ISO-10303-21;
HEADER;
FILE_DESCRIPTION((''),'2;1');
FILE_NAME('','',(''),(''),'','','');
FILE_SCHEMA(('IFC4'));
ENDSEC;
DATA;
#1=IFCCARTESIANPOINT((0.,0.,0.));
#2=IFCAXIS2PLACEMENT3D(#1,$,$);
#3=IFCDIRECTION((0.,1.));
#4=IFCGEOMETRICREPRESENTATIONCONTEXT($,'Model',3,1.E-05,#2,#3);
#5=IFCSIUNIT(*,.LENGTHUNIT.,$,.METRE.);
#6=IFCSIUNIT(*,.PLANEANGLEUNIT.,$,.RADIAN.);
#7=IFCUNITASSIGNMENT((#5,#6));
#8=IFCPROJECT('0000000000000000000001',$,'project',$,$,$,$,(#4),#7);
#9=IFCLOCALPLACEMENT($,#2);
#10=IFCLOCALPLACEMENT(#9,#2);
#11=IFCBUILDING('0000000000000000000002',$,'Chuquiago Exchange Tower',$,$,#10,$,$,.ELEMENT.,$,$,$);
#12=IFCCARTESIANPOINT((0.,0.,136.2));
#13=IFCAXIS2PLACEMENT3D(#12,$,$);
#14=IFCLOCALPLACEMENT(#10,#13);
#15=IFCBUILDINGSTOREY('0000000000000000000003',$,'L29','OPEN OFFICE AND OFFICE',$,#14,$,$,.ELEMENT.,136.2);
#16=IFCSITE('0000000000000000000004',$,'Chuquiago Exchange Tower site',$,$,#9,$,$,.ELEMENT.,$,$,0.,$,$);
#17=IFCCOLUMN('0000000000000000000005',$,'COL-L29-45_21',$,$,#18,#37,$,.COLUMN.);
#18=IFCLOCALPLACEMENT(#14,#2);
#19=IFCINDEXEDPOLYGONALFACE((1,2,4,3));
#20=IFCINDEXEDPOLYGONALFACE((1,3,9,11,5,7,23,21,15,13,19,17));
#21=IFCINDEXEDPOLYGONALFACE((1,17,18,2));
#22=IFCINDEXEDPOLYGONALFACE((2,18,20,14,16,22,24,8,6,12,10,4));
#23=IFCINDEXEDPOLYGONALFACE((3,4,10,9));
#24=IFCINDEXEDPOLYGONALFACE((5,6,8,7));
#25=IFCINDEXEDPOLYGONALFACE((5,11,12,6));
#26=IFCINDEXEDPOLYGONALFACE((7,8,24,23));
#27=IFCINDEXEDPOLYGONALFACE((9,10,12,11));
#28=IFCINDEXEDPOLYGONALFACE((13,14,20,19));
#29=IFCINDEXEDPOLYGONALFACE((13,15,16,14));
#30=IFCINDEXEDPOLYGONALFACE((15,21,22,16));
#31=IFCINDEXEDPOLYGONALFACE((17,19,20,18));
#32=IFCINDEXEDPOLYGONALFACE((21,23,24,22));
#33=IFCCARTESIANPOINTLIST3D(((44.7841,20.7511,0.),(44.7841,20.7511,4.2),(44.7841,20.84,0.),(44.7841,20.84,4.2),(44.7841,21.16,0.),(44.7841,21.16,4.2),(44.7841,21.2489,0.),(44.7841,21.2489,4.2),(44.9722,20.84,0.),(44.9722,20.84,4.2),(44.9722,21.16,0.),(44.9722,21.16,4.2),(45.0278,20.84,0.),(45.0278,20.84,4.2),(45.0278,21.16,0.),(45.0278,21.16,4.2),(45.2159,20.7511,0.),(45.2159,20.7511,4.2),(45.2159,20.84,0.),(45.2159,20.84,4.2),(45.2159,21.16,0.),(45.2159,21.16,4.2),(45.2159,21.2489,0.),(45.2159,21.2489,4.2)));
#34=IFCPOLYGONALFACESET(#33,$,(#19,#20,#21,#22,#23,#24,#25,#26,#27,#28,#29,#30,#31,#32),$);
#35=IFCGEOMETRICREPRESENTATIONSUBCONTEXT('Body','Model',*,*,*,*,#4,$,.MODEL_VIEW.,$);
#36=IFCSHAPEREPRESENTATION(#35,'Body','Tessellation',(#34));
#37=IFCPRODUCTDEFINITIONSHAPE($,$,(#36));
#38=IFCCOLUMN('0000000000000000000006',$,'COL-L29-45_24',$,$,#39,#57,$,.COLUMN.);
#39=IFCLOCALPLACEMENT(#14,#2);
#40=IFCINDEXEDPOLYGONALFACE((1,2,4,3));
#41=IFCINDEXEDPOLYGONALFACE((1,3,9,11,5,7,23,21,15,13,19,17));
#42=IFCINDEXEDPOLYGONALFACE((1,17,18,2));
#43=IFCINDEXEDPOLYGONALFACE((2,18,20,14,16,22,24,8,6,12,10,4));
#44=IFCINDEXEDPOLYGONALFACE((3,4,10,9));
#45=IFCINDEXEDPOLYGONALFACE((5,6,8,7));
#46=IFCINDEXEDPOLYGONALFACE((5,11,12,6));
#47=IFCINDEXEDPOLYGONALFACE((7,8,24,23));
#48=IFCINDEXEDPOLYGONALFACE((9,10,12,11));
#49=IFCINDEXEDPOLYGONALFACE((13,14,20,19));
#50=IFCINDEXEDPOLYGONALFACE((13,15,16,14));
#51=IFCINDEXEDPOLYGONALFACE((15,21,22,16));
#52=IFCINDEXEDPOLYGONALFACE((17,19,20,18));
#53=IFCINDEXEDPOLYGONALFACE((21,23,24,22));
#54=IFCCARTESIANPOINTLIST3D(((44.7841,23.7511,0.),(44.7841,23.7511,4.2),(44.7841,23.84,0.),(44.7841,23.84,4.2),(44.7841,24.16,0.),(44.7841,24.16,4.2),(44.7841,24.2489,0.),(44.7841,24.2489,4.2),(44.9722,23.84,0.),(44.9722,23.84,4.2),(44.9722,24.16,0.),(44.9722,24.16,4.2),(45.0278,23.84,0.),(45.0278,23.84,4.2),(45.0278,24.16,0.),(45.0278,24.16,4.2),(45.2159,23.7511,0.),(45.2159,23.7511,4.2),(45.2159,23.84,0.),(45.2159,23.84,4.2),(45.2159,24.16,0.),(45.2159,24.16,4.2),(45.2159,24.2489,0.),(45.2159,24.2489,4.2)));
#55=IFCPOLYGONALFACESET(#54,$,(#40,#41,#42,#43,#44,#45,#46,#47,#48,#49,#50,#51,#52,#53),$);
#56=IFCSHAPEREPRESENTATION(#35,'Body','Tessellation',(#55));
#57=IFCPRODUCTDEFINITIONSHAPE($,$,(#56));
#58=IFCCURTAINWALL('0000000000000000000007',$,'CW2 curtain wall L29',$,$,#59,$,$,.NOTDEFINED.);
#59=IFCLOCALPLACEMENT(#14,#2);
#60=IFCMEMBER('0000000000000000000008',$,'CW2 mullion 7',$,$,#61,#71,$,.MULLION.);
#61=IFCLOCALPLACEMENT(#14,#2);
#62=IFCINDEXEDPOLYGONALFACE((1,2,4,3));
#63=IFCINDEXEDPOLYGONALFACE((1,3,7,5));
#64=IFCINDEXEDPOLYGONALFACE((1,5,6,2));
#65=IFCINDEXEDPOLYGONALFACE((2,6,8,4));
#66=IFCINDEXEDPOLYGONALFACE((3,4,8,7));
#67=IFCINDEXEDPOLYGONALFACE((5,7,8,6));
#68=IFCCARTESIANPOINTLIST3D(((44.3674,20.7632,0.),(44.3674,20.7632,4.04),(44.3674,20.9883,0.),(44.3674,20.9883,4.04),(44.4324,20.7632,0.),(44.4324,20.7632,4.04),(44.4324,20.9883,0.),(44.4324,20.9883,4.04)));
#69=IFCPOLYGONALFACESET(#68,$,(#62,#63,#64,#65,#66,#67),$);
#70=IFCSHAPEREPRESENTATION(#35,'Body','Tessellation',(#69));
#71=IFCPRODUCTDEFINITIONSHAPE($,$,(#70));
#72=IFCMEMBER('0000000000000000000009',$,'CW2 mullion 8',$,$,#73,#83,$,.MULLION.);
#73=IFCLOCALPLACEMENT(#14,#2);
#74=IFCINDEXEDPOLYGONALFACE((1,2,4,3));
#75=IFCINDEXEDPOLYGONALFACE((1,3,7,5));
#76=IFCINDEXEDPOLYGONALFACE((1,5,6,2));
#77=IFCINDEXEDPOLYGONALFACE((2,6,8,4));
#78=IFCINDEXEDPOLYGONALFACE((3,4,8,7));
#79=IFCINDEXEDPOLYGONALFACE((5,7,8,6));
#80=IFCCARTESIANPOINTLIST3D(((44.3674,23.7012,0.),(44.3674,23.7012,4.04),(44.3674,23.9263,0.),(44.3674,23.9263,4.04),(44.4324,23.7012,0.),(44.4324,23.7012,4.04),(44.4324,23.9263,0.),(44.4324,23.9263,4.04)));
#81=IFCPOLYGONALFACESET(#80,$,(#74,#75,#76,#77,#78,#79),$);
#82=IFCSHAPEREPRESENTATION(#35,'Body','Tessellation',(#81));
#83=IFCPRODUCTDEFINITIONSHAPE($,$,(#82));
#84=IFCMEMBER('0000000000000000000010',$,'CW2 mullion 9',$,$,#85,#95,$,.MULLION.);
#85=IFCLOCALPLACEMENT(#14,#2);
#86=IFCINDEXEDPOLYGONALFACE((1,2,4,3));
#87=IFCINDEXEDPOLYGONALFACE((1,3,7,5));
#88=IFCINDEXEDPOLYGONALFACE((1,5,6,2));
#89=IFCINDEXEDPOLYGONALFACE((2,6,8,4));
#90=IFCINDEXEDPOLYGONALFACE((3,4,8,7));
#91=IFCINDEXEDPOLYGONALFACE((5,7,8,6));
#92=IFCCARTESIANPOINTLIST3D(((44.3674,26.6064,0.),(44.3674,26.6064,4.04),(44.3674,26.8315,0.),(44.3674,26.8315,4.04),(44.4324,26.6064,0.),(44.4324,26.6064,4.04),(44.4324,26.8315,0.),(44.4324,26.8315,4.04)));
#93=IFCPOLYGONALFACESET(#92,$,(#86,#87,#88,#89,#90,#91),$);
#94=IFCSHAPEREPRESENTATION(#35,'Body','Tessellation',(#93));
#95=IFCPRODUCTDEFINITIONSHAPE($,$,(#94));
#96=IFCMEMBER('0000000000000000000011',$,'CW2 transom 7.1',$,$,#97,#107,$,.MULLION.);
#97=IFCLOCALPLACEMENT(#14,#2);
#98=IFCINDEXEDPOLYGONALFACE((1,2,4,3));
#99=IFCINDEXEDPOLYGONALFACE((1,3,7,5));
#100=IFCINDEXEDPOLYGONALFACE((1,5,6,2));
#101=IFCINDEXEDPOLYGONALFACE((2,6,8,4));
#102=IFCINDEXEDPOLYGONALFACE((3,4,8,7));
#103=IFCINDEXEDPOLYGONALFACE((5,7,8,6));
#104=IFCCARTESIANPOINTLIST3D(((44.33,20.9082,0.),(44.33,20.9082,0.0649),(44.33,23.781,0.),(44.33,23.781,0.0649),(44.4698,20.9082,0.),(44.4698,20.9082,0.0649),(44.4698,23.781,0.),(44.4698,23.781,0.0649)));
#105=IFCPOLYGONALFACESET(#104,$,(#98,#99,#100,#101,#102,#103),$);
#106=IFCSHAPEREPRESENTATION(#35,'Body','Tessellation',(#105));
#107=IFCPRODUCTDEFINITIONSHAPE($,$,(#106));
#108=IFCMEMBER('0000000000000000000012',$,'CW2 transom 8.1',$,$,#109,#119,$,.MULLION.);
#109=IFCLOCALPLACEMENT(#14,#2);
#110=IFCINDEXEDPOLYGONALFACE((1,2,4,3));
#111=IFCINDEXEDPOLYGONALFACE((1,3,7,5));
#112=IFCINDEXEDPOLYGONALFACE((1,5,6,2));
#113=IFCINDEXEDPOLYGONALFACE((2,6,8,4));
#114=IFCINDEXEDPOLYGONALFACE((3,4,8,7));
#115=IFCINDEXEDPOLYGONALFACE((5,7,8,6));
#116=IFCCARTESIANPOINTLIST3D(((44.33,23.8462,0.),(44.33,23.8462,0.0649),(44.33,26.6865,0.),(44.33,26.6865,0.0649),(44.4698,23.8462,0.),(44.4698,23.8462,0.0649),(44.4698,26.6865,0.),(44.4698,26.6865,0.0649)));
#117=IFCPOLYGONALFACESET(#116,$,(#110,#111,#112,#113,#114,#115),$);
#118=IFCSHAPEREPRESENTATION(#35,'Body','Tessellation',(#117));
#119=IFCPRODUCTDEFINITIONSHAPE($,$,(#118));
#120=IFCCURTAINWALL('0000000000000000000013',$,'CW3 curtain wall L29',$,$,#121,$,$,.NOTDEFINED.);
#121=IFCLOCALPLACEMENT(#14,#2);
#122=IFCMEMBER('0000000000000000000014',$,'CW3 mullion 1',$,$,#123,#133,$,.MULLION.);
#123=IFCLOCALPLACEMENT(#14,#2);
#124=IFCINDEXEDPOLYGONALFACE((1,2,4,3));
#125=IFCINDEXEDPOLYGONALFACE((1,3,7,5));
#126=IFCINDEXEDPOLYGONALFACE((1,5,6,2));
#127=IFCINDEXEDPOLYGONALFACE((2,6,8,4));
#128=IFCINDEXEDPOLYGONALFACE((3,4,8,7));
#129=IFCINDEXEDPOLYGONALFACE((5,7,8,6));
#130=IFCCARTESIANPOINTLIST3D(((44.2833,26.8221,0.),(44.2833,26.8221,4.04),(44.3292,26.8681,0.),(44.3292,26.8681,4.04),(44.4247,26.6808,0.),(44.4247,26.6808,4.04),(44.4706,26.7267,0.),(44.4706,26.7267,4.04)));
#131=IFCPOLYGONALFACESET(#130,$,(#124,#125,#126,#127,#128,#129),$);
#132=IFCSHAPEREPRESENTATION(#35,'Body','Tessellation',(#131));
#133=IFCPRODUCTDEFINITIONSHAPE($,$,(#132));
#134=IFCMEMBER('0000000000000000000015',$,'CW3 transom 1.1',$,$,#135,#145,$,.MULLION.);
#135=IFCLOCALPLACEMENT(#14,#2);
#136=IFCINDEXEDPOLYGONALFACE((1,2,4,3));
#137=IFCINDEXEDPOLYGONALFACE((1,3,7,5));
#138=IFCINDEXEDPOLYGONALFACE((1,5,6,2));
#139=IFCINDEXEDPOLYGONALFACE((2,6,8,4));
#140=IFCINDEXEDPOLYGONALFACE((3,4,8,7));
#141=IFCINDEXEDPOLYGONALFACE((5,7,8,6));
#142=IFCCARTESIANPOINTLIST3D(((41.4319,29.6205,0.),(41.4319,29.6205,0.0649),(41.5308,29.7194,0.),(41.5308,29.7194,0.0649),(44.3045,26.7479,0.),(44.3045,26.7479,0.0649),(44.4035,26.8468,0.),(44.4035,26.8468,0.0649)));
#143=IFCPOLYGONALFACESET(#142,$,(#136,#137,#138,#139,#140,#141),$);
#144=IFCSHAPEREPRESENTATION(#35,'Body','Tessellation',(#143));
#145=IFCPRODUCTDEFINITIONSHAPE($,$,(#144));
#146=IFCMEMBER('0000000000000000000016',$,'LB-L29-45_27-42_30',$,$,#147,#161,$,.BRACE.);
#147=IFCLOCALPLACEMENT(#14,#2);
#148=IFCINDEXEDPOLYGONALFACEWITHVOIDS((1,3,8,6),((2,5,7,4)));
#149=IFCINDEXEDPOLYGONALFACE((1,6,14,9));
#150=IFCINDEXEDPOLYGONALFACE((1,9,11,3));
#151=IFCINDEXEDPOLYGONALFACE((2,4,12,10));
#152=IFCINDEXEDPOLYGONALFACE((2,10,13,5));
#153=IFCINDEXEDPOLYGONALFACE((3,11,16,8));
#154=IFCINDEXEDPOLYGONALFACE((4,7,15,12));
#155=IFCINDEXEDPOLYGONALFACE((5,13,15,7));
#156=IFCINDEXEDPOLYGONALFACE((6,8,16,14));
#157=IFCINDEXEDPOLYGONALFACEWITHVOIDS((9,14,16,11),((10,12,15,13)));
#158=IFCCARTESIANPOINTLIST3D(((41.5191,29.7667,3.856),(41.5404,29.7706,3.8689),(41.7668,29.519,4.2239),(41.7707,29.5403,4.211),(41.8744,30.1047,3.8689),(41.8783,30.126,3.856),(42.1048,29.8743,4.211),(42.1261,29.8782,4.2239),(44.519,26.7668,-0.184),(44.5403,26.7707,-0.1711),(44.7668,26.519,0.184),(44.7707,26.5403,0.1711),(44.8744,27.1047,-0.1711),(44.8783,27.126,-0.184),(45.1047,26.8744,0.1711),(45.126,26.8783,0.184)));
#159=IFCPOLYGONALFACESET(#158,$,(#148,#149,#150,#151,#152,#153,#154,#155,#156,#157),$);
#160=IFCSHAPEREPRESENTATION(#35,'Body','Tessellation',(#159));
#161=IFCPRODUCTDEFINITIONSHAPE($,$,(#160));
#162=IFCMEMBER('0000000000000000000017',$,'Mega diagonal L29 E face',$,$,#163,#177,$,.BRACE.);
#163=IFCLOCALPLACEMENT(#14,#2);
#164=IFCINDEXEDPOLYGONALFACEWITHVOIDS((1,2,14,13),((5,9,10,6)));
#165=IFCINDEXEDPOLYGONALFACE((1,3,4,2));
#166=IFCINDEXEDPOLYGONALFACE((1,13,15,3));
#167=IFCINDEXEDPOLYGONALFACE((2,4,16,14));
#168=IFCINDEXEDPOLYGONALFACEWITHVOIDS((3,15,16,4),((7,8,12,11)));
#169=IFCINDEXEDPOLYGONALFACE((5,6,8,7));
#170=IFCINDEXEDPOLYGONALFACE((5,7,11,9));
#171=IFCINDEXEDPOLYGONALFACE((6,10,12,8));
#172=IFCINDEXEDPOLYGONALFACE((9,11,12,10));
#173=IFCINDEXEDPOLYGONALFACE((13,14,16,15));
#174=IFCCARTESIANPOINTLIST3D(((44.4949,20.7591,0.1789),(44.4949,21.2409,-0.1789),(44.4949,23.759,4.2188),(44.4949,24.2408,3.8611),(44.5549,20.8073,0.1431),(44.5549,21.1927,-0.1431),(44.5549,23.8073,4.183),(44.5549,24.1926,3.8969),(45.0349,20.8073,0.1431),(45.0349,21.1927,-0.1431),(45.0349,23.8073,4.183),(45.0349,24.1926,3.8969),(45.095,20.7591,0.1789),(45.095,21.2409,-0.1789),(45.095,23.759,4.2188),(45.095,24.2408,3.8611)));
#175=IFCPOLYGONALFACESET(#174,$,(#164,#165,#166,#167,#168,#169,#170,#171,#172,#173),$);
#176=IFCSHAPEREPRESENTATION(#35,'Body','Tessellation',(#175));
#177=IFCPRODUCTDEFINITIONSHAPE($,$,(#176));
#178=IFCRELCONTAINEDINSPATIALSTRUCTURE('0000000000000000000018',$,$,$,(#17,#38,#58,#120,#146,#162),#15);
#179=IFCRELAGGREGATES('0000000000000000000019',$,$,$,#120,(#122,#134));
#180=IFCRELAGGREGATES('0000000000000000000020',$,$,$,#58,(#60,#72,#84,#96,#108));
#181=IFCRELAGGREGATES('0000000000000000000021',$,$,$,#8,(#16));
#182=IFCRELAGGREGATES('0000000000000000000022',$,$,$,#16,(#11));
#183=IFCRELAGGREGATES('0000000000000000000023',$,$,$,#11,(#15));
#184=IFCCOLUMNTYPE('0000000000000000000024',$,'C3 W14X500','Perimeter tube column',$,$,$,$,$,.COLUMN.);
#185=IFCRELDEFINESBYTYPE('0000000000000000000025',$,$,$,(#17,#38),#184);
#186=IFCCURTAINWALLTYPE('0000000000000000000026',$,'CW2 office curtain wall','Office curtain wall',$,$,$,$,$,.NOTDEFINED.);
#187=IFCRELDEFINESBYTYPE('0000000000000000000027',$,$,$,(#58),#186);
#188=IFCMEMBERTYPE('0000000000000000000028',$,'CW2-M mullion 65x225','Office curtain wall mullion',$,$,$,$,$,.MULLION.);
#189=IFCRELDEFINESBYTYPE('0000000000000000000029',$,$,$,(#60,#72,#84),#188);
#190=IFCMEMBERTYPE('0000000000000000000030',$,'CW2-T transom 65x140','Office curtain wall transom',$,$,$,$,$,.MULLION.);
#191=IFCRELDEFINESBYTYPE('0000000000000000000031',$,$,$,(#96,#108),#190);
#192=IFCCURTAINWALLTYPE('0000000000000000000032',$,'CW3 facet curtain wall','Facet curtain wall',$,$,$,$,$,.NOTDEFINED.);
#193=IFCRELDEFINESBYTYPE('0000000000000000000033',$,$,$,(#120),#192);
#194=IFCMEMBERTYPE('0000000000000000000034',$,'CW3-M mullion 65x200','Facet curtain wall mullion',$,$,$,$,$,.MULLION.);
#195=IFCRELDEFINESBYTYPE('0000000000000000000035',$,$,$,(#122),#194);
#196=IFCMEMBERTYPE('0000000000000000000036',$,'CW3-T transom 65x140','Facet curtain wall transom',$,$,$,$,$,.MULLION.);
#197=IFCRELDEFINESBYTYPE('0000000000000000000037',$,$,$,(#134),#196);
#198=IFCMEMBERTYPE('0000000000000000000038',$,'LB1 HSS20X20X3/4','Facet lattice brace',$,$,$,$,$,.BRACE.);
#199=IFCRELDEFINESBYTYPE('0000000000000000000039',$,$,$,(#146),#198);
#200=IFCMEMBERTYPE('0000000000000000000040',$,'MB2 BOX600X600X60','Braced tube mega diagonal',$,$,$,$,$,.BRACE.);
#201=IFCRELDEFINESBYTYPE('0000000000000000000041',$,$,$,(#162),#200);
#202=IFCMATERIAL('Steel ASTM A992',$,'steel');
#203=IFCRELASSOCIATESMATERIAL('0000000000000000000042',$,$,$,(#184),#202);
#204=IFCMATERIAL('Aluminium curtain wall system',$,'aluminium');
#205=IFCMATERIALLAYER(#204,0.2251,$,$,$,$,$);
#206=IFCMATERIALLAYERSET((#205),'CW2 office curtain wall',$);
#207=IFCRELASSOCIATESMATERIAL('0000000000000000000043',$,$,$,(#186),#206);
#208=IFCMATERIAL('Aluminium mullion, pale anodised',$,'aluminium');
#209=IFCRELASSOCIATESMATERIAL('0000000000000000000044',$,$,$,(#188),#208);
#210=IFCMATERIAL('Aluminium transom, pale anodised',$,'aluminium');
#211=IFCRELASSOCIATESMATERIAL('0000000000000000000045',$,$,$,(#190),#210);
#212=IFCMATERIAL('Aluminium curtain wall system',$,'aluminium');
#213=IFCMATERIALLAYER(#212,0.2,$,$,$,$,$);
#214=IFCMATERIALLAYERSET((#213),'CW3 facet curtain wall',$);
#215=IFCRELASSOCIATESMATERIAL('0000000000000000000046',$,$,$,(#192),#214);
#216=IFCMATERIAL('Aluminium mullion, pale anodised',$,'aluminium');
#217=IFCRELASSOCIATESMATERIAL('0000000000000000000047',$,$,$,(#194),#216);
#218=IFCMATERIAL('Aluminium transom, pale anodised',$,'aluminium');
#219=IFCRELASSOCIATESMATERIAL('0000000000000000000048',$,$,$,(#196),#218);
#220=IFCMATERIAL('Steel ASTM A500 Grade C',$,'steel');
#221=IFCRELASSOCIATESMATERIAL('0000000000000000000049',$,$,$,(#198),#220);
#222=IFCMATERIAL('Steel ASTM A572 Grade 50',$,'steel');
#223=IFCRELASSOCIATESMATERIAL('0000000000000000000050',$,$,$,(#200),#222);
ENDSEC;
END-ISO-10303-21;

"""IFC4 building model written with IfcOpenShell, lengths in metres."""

from ifc_helpers import new_model, si_unit, direction, frame, origin, origin_2d, place, context, subcontext, project, spatial, rectangle, hollow_rectangle, i_section, extrude, material, layer, layer_set, material_profile, profile_set, type_object, element, aggregate, save


model = new_model("IFC4")

# Units and contexts
model_context = context("Model", 3, precision=1e-05, world=origin(), true_north=direction((0.0, 1.0)))
body_context = subcontext(model_context, "Body", "Model", "MODEL_VIEW")
ifc_project = project(units=[si_unit("LENGTHUNIT", "METRE"), si_unit("PLANEANGLEUNIT", "RADIAN")], contexts=[model_context])

# Site, building, storey
site_placement = place(None, origin())
site = spatial("IfcSite", under=ifc_project, at=site_placement, Name="Chuquiago Exchange Tower site", CompositionType="ELEMENT", RefElevation=0.0)
building_placement = place(site_placement, origin())
building = spatial("IfcBuilding", under=site, at=building_placement, Name="Chuquiago Exchange Tower", CompositionType="ELEMENT")
storey_placement = place(building_placement, frame((0.0, 0.0, 136.2)))
storey = spatial("IfcBuildingStorey", under=building, at=storey_placement, Name="L29", Description="OPEN OFFICE AND OFFICE", CompositionType="ELEMENT", Elevation=136.2)

# Columns
ifc_material_1 = material(Name="Steel ASTM A992", Category="steel")
ifc_material_profile_1 = material_profile(ifc_material_1, i_section(OverallWidth=0.4319, OverallDepth=0.4978, WebThickness=0.0557, FlangeThickness=0.0889, at=origin_2d()), Name="W14X500")
ifc_profile_set_1 = profile_set([ifc_material_profile_1], Name="Steel ASTM A992")
column_type = type_object("IfcColumnType", Name="C3 W14X500", Description="Perimeter tube column", PredefinedType="COLUMN", material=ifc_profile_set_1)
for number, where, z_axis, x_axis, name in (
    (1, (45.0, 21.0, 0.0), (0.0, 0.0, 1.0), (1.0, 0.0, 0.0), "COL-L29-45_21"),
    (2, (45.0, 24.0, 0.0), (0.0, 0.0, 1.0), (1.0, 0.0, 0.0), "COL-L29-45_24"),
):
    element("IfcColumn", number, at=place(storey_placement, frame(where, z_axis=z_axis, x_axis=x_axis)), inside=storey, type_object=column_type, Name=name, PredefinedType="COLUMN", context=body_context, shape_type="SweptSolid", body=[
        extrude(i_section(OverallWidth=0.4319, OverallDepth=0.4978, WebThickness=0.0557, FlangeThickness=0.0889, at=origin_2d()), origin(), (0.0, 0.0, 1.0), 4.2),
    ])

# Curtain walls, members
ifc_material_2 = material(Name="Aluminium curtain wall system", Category="aluminium")
ifc_layer_1 = layer(ifc_material_2, 0.2251)
ifc_layer_set_1 = layer_set([ifc_layer_1], Name="CW2 office curtain wall")
curtain_wall_type_1 = type_object("IfcCurtainWallType", Name="CW2 office curtain wall", Description="Office curtain wall", PredefinedType="NOTDEFINED", material=ifc_layer_set_1)
curtain_wall_1_placement = place(storey_placement, origin())
curtain_wall_1 = element("IfcCurtainWall", 3, at=curtain_wall_1_placement, inside=storey, type_object=curtain_wall_type_1, Name="CW2 curtain wall L29", PredefinedType="NOTDEFINED")
ifc_material_3 = material(Name="Aluminium mullion, pale anodised", Category="aluminium")
ifc_material_profile_2 = material_profile(ifc_material_3, rectangle(XDim=0.0649, YDim=0.2251, at=origin_2d()), Name="AL 65x225")
ifc_profile_set_2 = profile_set([ifc_material_profile_2], Name="Aluminium mullion, pale anodised")
member_type_1 = type_object("IfcMemberType", Name="CW2-M mullion 65x225", Description="Office curtain wall mullion", PredefinedType="MULLION", material=ifc_profile_set_2)
member_1_placement = place(storey_placement, frame((44.3999, 20.8757, 0.0), z_axis=(0.0, 0.0, 1.0), x_axis=(-1.0, 0.0, 0.0)))
member_1 = element("IfcMember", 4, at=member_1_placement, type_object=member_type_1, Name="CW2 mullion 7", PredefinedType="MULLION", context=body_context, shape_type="SweptSolid", body=[
    extrude(rectangle(XDim=0.0649, YDim=0.2251, at=origin_2d()), origin(), (0.0, 0.0, 1.0), 4.04),
])
member_2_placement = place(storey_placement, frame((44.3999, 23.8137, 0.0), z_axis=(0.0, 0.0, 1.0), x_axis=(-1.0, 0.0, 0.0)))
member_2 = element("IfcMember", 5, at=member_2_placement, type_object=member_type_1, Name="CW2 mullion 8", PredefinedType="MULLION", context=body_context, shape_type="SweptSolid", body=[
    extrude(rectangle(XDim=0.0649, YDim=0.2251, at=origin_2d()), origin(), (0.0, 0.0, 1.0), 4.04),
])
member_3_placement = place(storey_placement, frame((44.3999, 26.719, 0.0), z_axis=(0.0, 0.0, 1.0), x_axis=(-1.0, 0.0, 0.0)))
member_3 = element("IfcMember", 6, at=member_3_placement, type_object=member_type_1, Name="CW2 mullion 9", PredefinedType="MULLION", context=body_context, shape_type="SweptSolid", body=[
    extrude(rectangle(XDim=0.0649, YDim=0.2251, at=origin_2d()), origin(), (0.0, 0.0, 1.0), 4.04),
])
ifc_material_4 = material(Name="Aluminium transom, pale anodised", Category="aluminium")
ifc_material_profile_3 = material_profile(ifc_material_4, rectangle(XDim=0.1399, YDim=0.0649, at=origin_2d()), Name="AL 140x65")
ifc_profile_set_3 = profile_set([ifc_material_profile_3], Name="Aluminium transom, pale anodised")
member_type_2 = type_object("IfcMemberType", Name="CW2-T transom 65x140", Description="Office curtain wall transom", PredefinedType="MULLION", material=ifc_profile_set_3)
member_4_placement = place(storey_placement, frame((44.3999, 20.9082, 0.0325), z_axis=(0.0, 1.0, 0.0), x_axis=(-1.0, 0.0, 0.0)))
member_4 = element("IfcMember", 7, at=member_4_placement, type_object=member_type_2, Name="CW2 transom 7.1", PredefinedType="MULLION", context=body_context, shape_type="SweptSolid", body=[
    extrude(rectangle(XDim=0.1399, YDim=0.0649, at=origin_2d()), origin(), (0.0, 0.0, 1.0), 2.8728),
])
member_5_placement = place(storey_placement, frame((44.3999, 23.8462, 0.0325), z_axis=(0.0, 1.0, 0.0), x_axis=(-1.0, 0.0, 0.0)))
member_5 = element("IfcMember", 8, at=member_5_placement, type_object=member_type_2, Name="CW2 transom 8.1", PredefinedType="MULLION", context=body_context, shape_type="SweptSolid", body=[
    extrude(rectangle(XDim=0.1399, YDim=0.0649, at=origin_2d()), origin(), (0.0, 0.0, 1.0), 2.8403),
])
ifc_material_5 = material(Name="Aluminium curtain wall system", Category="aluminium")
ifc_layer_2 = layer(ifc_material_5, 0.2)
ifc_layer_set_2 = layer_set([ifc_layer_2], Name="CW3 facet curtain wall")
curtain_wall_type_2 = type_object("IfcCurtainWallType", Name="CW3 facet curtain wall", Description="Facet curtain wall", PredefinedType="NOTDEFINED", material=ifc_layer_set_2)
curtain_wall_2_placement = place(storey_placement, origin())
curtain_wall_2 = element("IfcCurtainWall", 9, at=curtain_wall_2_placement, inside=storey, type_object=curtain_wall_type_2, Name="CW3 curtain wall L29", PredefinedType="NOTDEFINED")
ifc_material_6 = material(Name="Aluminium mullion, pale anodised", Category="aluminium")
ifc_material_profile_4 = material_profile(ifc_material_6, rectangle(XDim=0.0649, YDim=0.2, at=origin_2d()), Name="AL 65x200")
ifc_profile_set_4 = profile_set([ifc_material_profile_4], Name="Aluminium mullion, pale anodised")
member_type_3 = type_object("IfcMemberType", Name="CW3-M mullion 65x200", Description="Facet curtain wall mullion", PredefinedType="MULLION", material=ifc_profile_set_4)
member_6_placement = place(storey_placement, frame((44.377, 26.7744, 0.0), z_axis=(0.0, 0.0, 1.0), x_axis=(-0.707107, -0.707107, 0.0)))
member_6 = element("IfcMember", 10, at=member_6_placement, type_object=member_type_3, Name="CW3 mullion 1", PredefinedType="MULLION", context=body_context, shape_type="SweptSolid", body=[
    extrude(rectangle(XDim=0.0649, YDim=0.2, at=origin_2d()), origin(), (0.0, 0.0, 1.0), 4.04),
])
ifc_material_7 = material(Name="Aluminium transom, pale anodised", Category="aluminium")
ifc_material_profile_5 = material_profile(ifc_material_7, rectangle(XDim=0.1399, YDim=0.0649, at=origin_2d()), Name="AL 140x65")
ifc_profile_set_5 = profile_set([ifc_material_profile_5], Name="Aluminium transom, pale anodised")
member_type_4 = type_object("IfcMemberType", Name="CW3-T transom 65x140", Description="Facet curtain wall transom", PredefinedType="MULLION", material=ifc_profile_set_5)
member_7_placement = place(storey_placement, frame((44.354, 26.7974, 0.0325), z_axis=(-0.707107, 0.707107, 0.0), x_axis=(-0.707107, -0.707107, 0.0)))
member_7 = element("IfcMember", 11, at=member_7_placement, type_object=member_type_4, Name="CW3 transom 1.1", PredefinedType="MULLION", context=body_context, shape_type="SweptSolid", body=[
    extrude(rectangle(XDim=0.1399, YDim=0.0649, at=origin_2d()), origin(), (0.0, 0.0, 1.0), 4.0625),
])
aggregate(curtain_wall_2, [member_6, member_7])

# Members
ifc_material_8 = material(Name="Steel ASTM A500 Grade C", Category="steel")
ifc_material_profile_6 = material_profile(ifc_material_8, hollow_rectangle(XDim=0.5081, YDim=0.5081, WallThickness=0.0178, at=origin_2d()), Name="HSS20X20X3/4")
ifc_profile_set_6 = profile_set([ifc_material_profile_6], Name="Steel ASTM A500 Grade C")
member_type_5 = type_object("IfcMemberType", Name="LB1 HSS20X20X3/4", Description="Facet lattice brace", PredefinedType="BRACE", material=ifc_profile_set_6)
member_8_placement = place(storey_placement, frame((44.8225, 26.8225, 0.0), z_axis=(-0.512077, 0.512077, 0.689604), x_axis=(-0.707107, -0.707107, 0.0)))
element("IfcMember", 12, at=member_8_placement, inside=storey, type_object=member_type_5, Name="LB-L29-45_27-42_30", PredefinedType="BRACE", context=body_context, shape_type="SweptSolid", body=[
    extrude(hollow_rectangle(XDim=0.5081, YDim=0.5081, WallThickness=0.0178, at=origin_2d()), origin(), (0.0, 0.0, 1.0), 5.8584),
])
ifc_material_9 = material(Name="Steel ASTM A572 Grade 50", Category="steel")
ifc_material_profile_7 = material_profile(ifc_material_9, hollow_rectangle(XDim=0.6001, YDim=0.6001, WallThickness=0.0601, at=origin_2d()), Name="BOX600X600X60")
ifc_profile_set_7 = profile_set([ifc_material_profile_7], Name="Steel ASTM A572 Grade 50")
member_type_6 = type_object("IfcMemberType", Name="MB2 BOX600X600X60", Description="Braced tube mega diagonal", PredefinedType="BRACE", material=ifc_profile_set_7)
member_9_placement = place(storey_placement, frame((44.7949, 21.0, 0.0), z_axis=(0.0, 0.596174, 0.802855), x_axis=(-1.0, 0.0, 0.0)))
element("IfcMember", 13, at=member_9_placement, inside=storey, type_object=member_type_6, Name="Mega diagonal L29 E face", PredefinedType="BRACE", context=body_context, shape_type="SweptSolid", body=[
    extrude(hollow_rectangle(XDim=0.6001, YDim=0.6001, WallThickness=0.0601, at=origin_2d()), origin(), (0.0, 0.0, 1.0), 5.032),
])

aggregate(curtain_wall_1, [member_1, member_2, member_3, member_4, member_5])

save(model, "model.ifc")
